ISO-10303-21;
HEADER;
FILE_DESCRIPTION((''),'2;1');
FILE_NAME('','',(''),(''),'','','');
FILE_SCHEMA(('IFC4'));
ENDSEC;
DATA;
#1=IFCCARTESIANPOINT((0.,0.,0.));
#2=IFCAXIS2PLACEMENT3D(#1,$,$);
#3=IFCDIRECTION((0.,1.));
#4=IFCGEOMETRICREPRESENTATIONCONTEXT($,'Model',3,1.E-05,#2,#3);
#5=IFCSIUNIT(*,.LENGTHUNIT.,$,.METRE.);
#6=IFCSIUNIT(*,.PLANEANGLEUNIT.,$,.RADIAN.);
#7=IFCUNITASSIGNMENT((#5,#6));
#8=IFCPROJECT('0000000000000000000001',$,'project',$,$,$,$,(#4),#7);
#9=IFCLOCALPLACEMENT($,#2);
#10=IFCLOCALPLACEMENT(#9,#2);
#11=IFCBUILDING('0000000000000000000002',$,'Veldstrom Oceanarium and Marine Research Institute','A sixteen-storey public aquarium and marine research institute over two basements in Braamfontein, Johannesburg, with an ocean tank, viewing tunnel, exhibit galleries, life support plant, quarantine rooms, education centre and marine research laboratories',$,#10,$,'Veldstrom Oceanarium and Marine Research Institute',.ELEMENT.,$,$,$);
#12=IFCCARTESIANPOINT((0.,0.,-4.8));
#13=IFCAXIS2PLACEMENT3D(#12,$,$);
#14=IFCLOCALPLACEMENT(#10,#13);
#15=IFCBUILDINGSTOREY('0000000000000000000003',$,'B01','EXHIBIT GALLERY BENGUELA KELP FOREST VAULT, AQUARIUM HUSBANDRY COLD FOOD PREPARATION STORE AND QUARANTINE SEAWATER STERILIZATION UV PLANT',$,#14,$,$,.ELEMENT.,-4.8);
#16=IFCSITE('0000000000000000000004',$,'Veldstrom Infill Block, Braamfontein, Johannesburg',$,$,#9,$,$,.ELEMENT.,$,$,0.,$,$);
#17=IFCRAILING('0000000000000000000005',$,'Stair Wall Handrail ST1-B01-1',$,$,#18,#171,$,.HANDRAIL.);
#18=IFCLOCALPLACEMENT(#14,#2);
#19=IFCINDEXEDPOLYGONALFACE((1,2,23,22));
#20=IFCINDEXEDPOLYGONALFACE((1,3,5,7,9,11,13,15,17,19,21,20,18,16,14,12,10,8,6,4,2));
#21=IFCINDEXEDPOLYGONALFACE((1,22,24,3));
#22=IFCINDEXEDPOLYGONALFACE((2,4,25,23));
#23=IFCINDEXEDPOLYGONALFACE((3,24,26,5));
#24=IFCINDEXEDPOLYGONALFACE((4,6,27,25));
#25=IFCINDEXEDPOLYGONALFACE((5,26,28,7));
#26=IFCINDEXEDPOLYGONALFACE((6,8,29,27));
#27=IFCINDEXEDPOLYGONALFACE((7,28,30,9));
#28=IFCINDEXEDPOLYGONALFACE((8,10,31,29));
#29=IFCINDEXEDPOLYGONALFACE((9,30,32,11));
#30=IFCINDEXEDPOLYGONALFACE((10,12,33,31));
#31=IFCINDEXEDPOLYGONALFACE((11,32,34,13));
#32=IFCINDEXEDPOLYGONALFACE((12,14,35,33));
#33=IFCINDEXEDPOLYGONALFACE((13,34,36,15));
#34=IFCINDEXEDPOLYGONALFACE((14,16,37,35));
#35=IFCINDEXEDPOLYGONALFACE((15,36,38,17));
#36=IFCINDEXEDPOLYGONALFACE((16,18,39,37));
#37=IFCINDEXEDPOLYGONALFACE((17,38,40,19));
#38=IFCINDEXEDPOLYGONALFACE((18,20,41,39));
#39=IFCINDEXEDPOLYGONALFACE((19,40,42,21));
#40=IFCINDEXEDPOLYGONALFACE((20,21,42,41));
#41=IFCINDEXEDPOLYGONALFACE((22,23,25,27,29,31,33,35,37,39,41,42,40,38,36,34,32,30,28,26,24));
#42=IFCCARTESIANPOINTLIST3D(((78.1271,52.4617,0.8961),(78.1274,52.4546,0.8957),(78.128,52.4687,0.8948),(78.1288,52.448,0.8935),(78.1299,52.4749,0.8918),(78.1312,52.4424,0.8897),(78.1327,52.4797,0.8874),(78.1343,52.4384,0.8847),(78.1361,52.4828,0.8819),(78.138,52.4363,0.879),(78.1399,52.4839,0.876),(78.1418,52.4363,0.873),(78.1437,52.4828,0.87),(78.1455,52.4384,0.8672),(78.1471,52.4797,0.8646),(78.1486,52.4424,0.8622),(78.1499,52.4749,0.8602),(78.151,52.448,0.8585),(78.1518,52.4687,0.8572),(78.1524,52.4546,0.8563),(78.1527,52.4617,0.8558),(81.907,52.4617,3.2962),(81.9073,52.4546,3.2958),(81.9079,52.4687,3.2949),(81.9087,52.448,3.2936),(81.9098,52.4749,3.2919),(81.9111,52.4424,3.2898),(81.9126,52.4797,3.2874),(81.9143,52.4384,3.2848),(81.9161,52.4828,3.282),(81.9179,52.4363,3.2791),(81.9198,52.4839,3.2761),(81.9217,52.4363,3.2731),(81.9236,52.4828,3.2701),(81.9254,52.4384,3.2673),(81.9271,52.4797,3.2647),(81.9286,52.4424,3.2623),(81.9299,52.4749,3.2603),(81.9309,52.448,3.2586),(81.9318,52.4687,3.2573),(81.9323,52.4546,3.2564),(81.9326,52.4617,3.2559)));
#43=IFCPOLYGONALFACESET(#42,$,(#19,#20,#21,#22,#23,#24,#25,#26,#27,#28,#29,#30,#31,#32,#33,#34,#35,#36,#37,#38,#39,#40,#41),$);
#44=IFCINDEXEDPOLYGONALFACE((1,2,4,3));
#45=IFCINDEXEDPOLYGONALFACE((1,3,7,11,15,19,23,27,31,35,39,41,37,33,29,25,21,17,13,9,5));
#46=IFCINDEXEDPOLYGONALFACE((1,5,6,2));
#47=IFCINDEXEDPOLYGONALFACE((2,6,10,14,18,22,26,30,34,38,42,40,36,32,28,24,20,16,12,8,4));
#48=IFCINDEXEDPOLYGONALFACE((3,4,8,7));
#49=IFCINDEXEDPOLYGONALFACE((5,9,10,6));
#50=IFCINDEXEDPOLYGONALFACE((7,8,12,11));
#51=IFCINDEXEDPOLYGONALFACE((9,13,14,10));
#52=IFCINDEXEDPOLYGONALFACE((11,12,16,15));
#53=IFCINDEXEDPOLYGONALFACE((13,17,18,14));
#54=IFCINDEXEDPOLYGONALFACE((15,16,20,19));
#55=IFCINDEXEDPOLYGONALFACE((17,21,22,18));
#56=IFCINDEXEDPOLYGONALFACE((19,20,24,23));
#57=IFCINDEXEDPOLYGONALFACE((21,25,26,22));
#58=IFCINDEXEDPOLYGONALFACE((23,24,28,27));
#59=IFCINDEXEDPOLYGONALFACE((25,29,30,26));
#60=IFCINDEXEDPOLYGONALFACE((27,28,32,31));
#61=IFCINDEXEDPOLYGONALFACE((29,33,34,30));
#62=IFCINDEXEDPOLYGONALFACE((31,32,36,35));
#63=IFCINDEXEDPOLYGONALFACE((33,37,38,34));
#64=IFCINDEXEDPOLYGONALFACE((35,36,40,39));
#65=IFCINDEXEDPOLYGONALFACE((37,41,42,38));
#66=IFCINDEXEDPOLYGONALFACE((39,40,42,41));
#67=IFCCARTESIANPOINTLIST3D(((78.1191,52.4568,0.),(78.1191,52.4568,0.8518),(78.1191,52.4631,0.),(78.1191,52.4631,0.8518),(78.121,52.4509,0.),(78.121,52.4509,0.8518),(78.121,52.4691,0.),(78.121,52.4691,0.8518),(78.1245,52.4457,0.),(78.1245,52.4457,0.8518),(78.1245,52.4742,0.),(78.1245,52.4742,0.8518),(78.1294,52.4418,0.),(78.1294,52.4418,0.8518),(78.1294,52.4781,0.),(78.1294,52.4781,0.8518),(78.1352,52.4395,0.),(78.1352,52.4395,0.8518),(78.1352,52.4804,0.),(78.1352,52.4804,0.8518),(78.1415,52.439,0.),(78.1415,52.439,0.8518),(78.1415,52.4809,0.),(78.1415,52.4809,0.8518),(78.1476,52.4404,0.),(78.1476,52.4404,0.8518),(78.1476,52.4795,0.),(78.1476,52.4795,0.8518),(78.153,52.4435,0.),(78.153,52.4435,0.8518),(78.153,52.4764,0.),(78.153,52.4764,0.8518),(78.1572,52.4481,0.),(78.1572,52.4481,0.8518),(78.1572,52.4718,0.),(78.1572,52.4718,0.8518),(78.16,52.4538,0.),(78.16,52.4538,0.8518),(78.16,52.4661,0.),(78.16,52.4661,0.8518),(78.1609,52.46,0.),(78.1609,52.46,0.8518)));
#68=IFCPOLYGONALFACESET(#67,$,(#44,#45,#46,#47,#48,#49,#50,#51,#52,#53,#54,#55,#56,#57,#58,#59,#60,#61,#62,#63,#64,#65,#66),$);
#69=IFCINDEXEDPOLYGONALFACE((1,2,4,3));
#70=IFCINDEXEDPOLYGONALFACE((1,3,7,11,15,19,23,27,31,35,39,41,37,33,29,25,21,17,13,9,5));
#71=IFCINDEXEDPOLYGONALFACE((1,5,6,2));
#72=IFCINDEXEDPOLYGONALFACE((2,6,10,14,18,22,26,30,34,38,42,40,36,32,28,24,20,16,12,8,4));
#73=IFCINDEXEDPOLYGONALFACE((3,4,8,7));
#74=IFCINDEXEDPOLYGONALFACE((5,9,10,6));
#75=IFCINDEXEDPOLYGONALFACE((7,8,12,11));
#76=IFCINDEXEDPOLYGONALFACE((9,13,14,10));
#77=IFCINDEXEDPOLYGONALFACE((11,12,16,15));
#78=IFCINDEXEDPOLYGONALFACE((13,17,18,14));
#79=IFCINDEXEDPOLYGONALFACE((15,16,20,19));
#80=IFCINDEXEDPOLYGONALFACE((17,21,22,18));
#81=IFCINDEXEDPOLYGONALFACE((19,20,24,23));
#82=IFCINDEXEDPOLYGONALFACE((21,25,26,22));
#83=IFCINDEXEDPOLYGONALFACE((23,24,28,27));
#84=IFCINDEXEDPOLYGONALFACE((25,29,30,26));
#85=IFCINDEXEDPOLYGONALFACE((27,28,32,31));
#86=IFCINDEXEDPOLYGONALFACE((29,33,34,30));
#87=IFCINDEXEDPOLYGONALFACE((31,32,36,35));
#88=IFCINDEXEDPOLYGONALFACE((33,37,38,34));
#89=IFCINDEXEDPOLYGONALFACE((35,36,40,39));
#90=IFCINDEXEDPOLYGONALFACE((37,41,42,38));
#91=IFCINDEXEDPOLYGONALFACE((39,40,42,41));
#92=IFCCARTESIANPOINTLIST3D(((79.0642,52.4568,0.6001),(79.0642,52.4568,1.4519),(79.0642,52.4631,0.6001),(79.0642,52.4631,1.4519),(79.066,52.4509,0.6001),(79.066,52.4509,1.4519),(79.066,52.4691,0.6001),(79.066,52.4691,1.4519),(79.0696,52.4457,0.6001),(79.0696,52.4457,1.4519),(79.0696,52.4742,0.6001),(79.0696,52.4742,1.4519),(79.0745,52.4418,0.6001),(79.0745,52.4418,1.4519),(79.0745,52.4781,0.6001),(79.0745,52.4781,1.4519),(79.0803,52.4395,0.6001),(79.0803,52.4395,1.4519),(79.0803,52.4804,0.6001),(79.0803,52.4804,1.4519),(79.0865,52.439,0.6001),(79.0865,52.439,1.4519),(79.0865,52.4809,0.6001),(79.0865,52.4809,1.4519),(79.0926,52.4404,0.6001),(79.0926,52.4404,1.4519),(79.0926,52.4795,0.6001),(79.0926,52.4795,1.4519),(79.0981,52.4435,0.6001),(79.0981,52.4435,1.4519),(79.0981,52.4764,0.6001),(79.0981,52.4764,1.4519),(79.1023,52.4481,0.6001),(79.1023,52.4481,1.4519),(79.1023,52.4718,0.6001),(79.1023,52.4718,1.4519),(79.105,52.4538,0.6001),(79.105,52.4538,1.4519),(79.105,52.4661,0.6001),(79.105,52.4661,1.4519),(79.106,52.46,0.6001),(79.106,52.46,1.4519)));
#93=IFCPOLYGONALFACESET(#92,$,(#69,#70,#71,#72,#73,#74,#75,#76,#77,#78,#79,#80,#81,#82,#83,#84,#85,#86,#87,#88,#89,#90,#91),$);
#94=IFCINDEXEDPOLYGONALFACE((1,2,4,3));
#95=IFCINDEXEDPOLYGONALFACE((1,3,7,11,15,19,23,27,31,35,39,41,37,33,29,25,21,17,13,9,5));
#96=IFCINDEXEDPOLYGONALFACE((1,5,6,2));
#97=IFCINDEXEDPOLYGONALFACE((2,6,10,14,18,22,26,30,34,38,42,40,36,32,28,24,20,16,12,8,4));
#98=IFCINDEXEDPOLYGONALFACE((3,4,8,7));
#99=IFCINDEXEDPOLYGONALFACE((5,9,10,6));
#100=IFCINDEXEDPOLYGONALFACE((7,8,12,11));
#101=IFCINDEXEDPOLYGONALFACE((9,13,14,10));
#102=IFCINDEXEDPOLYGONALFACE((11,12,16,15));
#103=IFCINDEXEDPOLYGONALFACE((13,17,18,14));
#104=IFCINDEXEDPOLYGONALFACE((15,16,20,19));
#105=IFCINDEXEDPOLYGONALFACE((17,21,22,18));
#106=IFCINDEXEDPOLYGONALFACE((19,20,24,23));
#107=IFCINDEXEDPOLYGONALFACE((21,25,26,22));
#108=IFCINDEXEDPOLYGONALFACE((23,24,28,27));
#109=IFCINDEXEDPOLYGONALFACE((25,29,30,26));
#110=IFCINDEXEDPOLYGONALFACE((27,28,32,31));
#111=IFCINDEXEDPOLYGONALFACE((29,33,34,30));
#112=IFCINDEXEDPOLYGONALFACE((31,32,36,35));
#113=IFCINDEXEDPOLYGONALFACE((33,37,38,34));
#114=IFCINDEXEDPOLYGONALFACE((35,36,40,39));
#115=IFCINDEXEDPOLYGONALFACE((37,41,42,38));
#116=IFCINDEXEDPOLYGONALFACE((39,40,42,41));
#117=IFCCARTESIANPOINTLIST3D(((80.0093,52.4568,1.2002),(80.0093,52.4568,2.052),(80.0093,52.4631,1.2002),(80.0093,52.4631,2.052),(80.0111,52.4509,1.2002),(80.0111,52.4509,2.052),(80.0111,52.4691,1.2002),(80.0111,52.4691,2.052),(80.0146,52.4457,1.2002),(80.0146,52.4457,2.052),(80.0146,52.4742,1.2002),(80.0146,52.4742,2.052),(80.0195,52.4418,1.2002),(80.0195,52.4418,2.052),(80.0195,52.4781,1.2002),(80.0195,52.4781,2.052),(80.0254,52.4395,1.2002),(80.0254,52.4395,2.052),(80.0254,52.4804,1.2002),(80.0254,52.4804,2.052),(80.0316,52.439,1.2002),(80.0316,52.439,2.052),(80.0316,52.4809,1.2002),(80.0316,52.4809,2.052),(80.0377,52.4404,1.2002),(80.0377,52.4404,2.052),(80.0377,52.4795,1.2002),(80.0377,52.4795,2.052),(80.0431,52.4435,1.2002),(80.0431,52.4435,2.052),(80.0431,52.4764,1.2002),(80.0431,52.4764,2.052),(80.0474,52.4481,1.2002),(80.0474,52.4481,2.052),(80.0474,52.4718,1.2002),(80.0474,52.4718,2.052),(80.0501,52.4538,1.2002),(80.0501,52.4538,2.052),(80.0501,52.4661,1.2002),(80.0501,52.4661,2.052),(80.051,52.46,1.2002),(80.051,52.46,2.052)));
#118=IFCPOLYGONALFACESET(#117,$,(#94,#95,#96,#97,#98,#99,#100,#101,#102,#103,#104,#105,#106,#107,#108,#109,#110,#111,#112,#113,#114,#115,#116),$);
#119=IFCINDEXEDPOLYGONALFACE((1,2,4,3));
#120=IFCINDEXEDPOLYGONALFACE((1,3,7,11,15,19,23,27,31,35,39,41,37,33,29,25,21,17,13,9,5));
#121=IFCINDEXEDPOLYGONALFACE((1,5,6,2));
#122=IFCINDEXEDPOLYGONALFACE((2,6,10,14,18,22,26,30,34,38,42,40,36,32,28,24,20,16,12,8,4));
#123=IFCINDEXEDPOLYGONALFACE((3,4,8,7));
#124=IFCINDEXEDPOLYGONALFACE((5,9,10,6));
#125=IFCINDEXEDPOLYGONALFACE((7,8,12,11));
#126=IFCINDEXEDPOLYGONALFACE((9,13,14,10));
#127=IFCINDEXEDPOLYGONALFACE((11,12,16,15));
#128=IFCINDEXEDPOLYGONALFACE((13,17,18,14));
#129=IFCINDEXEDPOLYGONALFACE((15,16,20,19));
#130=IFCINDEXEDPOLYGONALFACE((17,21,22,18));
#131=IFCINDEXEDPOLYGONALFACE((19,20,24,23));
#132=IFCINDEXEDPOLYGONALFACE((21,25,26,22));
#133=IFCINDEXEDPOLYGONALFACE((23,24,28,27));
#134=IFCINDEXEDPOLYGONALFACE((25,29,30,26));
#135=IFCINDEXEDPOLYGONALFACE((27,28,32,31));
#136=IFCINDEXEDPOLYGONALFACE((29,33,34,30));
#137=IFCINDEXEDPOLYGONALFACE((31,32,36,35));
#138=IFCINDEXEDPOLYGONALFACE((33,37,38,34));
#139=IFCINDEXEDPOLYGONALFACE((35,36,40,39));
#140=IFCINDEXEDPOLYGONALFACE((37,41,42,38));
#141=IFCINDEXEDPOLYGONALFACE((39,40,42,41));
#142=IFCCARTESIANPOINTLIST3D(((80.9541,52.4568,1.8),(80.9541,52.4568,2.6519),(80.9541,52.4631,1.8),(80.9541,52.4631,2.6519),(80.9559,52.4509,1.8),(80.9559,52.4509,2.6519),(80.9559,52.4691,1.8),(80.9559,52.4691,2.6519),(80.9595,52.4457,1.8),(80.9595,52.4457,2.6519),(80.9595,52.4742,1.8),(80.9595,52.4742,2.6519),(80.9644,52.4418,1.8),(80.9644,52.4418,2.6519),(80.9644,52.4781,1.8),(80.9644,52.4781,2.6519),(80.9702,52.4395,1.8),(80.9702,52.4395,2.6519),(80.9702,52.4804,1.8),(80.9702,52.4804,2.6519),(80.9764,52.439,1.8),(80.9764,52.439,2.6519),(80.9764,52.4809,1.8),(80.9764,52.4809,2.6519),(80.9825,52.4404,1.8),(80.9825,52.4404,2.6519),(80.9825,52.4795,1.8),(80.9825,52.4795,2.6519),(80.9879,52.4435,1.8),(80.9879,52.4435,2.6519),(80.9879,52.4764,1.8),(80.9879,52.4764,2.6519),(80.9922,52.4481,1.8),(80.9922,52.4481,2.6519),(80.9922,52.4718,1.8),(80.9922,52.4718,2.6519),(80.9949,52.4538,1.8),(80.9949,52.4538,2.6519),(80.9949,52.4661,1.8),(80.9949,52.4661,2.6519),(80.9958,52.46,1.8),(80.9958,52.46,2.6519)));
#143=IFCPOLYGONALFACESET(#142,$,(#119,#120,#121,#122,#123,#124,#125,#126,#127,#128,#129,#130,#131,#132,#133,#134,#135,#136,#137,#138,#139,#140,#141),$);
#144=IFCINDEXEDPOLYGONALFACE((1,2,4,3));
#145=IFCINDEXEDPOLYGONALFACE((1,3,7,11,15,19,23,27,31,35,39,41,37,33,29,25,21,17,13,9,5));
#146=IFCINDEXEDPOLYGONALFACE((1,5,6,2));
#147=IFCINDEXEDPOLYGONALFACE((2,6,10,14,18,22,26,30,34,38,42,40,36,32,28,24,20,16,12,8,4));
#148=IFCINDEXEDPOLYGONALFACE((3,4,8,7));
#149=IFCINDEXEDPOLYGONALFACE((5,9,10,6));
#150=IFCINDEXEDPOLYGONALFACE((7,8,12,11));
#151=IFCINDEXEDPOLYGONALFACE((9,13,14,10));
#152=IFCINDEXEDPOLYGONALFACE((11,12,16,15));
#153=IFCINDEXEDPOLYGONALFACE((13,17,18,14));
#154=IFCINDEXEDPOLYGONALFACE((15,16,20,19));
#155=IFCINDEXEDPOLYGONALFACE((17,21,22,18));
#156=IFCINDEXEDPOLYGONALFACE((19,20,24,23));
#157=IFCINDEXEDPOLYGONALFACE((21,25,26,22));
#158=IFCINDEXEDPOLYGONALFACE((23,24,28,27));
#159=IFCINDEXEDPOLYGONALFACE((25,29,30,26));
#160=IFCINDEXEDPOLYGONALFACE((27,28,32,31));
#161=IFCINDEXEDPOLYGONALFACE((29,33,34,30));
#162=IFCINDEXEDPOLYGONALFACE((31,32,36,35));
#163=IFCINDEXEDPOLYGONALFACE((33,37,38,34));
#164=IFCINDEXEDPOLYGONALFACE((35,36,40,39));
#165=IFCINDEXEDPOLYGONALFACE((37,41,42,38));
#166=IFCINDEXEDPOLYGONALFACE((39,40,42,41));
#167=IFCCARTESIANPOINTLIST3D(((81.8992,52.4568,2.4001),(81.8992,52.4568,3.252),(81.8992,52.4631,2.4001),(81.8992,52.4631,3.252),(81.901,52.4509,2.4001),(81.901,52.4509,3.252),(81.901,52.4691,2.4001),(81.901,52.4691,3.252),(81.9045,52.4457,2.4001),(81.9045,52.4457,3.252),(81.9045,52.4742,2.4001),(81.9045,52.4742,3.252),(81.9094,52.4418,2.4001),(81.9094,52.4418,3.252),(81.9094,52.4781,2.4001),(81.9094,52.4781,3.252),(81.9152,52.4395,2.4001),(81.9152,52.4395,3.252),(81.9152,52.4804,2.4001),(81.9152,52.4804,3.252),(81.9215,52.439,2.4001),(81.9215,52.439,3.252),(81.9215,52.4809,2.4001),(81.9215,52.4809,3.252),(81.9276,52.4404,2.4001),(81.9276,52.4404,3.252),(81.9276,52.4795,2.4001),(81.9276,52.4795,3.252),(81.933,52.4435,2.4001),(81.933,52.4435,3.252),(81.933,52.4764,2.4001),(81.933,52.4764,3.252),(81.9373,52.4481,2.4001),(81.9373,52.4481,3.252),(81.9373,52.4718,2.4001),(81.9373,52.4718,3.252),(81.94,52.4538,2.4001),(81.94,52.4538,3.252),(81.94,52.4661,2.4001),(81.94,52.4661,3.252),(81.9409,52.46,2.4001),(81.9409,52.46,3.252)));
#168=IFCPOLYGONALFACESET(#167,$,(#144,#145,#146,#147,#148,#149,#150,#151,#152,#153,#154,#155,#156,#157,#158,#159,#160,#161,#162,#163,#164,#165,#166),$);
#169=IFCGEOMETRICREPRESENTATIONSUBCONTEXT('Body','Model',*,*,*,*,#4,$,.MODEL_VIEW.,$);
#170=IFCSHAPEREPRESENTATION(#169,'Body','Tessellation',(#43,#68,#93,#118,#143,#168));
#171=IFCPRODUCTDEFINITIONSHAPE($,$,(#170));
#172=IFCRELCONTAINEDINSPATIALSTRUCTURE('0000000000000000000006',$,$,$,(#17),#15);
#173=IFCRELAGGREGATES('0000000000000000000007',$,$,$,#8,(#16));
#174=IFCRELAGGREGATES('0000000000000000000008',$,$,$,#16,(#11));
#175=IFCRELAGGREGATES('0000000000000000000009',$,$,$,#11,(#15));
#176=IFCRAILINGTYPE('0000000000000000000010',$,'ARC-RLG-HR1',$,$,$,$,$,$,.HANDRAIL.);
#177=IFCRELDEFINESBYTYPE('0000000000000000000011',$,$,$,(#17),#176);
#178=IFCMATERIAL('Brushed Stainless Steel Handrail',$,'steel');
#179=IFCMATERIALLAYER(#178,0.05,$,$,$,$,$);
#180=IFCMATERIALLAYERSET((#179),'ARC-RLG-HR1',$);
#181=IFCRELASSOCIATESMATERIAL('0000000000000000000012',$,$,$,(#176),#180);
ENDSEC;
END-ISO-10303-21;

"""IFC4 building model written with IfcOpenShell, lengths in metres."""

from ifc_helpers import new_model, si_unit, direction, frame, origin, origin_2d, place, context, subcontext, project, spatial, circle, extrude, material, layer, layer_set, type_object, element, save


model = new_model("IFC4")

# Units and contexts
model_context = context("Model", 3, precision=1e-05, world=origin(), true_north=direction((0.0, 1.0)))
body_context = subcontext(model_context, "Body", "Model", "MODEL_VIEW")
ifc_project = project(units=[si_unit("LENGTHUNIT", "METRE"), si_unit("PLANEANGLEUNIT", "RADIAN")], contexts=[model_context])

# Site, building, storey
site_placement = place(None, origin())
site = spatial("IfcSite", under=ifc_project, at=site_placement, Name="Veldstrom Infill Block, Braamfontein, Johannesburg", CompositionType="ELEMENT", RefElevation=0.0)
building_placement = place(site_placement, origin())
building = spatial("IfcBuilding", under=site, at=building_placement, Name="Veldstrom Oceanarium and Marine Research Institute", Description="A sixteen-storey public aquarium and marine research institute over two basements in Braamfontein, Johannesburg, with an ocean tank, viewing tunnel, exhibit galleries, life support plant, quarantine rooms, education centre and marine research laboratories", LongName="Veldstrom Oceanarium and Marine Research Institute", CompositionType="ELEMENT")
storey_placement = place(building_placement, frame((0.0, 0.0, -4.8)))
storey = spatial("IfcBuildingStorey", under=building, at=storey_placement, Name="B01", Description="EXHIBIT GALLERY BENGUELA KELP FOREST VAULT, AQUARIUM HUSBANDRY COLD FOOD PREPARATION STORE AND QUARANTINE SEAWATER STERILIZATION UV PLANT", CompositionType="ELEMENT", Elevation=-4.8)

# Railing
ifc_material_1 = material(Name="Brushed Stainless Steel Handrail", Category="steel")
ifc_layer_1 = layer(ifc_material_1, 0.05)
ifc_layer_set_1 = layer_set([ifc_layer_1], Name="ARC-RLG-HR1")
railing_type_1 = type_object("IfcRailingType", Name="ARC-RLG-HR1", PredefinedType="HANDRAIL", material=ifc_layer_set_1)
railing_1_placement = place(storey_placement, frame((78.1399, 52.46, 0.0)))
element("IfcRailing", 1, at=railing_1_placement, inside=storey, type_object=railing_type_1, Name="Stair Wall Handrail ST1-B01-1", PredefinedType="HANDRAIL", context=body_context, shape_type="SweptSolid", body=[
    extrude(circle(Radius=0.0239, at=origin_2d()), frame((0.0, 0.0, 0.876), z_axis=(0.8442, 0.0, 0.536028), x_axis=(0.0, 1.0, 0.0)), (0.0, 0.0, 1.0), 4.4775),
    extrude(circle(Radius=0.021, at=origin_2d()), origin(), (0.0, 0.0, 1.0), 0.8518),
    extrude(circle(Radius=0.021, at=origin_2d()), frame((0.9451, 0.0, 0.6001)), (0.0, 0.0, 1.0), 0.8518),
    extrude(circle(Radius=0.021, at=origin_2d()), frame((1.8901, 0.0, 1.2002)), (0.0, 0.0, 1.0), 0.8518),
    extrude(circle(Radius=0.021, at=origin_2d()), frame((2.835, 0.0, 1.8)), (0.0, 0.0, 1.0), 0.8518),
    extrude(circle(Radius=0.021, at=origin_2d()), frame((3.78, 0.0, 2.4001)), (0.0, 0.0, 1.0), 0.8518),
])

save(model, "model.ifc")
